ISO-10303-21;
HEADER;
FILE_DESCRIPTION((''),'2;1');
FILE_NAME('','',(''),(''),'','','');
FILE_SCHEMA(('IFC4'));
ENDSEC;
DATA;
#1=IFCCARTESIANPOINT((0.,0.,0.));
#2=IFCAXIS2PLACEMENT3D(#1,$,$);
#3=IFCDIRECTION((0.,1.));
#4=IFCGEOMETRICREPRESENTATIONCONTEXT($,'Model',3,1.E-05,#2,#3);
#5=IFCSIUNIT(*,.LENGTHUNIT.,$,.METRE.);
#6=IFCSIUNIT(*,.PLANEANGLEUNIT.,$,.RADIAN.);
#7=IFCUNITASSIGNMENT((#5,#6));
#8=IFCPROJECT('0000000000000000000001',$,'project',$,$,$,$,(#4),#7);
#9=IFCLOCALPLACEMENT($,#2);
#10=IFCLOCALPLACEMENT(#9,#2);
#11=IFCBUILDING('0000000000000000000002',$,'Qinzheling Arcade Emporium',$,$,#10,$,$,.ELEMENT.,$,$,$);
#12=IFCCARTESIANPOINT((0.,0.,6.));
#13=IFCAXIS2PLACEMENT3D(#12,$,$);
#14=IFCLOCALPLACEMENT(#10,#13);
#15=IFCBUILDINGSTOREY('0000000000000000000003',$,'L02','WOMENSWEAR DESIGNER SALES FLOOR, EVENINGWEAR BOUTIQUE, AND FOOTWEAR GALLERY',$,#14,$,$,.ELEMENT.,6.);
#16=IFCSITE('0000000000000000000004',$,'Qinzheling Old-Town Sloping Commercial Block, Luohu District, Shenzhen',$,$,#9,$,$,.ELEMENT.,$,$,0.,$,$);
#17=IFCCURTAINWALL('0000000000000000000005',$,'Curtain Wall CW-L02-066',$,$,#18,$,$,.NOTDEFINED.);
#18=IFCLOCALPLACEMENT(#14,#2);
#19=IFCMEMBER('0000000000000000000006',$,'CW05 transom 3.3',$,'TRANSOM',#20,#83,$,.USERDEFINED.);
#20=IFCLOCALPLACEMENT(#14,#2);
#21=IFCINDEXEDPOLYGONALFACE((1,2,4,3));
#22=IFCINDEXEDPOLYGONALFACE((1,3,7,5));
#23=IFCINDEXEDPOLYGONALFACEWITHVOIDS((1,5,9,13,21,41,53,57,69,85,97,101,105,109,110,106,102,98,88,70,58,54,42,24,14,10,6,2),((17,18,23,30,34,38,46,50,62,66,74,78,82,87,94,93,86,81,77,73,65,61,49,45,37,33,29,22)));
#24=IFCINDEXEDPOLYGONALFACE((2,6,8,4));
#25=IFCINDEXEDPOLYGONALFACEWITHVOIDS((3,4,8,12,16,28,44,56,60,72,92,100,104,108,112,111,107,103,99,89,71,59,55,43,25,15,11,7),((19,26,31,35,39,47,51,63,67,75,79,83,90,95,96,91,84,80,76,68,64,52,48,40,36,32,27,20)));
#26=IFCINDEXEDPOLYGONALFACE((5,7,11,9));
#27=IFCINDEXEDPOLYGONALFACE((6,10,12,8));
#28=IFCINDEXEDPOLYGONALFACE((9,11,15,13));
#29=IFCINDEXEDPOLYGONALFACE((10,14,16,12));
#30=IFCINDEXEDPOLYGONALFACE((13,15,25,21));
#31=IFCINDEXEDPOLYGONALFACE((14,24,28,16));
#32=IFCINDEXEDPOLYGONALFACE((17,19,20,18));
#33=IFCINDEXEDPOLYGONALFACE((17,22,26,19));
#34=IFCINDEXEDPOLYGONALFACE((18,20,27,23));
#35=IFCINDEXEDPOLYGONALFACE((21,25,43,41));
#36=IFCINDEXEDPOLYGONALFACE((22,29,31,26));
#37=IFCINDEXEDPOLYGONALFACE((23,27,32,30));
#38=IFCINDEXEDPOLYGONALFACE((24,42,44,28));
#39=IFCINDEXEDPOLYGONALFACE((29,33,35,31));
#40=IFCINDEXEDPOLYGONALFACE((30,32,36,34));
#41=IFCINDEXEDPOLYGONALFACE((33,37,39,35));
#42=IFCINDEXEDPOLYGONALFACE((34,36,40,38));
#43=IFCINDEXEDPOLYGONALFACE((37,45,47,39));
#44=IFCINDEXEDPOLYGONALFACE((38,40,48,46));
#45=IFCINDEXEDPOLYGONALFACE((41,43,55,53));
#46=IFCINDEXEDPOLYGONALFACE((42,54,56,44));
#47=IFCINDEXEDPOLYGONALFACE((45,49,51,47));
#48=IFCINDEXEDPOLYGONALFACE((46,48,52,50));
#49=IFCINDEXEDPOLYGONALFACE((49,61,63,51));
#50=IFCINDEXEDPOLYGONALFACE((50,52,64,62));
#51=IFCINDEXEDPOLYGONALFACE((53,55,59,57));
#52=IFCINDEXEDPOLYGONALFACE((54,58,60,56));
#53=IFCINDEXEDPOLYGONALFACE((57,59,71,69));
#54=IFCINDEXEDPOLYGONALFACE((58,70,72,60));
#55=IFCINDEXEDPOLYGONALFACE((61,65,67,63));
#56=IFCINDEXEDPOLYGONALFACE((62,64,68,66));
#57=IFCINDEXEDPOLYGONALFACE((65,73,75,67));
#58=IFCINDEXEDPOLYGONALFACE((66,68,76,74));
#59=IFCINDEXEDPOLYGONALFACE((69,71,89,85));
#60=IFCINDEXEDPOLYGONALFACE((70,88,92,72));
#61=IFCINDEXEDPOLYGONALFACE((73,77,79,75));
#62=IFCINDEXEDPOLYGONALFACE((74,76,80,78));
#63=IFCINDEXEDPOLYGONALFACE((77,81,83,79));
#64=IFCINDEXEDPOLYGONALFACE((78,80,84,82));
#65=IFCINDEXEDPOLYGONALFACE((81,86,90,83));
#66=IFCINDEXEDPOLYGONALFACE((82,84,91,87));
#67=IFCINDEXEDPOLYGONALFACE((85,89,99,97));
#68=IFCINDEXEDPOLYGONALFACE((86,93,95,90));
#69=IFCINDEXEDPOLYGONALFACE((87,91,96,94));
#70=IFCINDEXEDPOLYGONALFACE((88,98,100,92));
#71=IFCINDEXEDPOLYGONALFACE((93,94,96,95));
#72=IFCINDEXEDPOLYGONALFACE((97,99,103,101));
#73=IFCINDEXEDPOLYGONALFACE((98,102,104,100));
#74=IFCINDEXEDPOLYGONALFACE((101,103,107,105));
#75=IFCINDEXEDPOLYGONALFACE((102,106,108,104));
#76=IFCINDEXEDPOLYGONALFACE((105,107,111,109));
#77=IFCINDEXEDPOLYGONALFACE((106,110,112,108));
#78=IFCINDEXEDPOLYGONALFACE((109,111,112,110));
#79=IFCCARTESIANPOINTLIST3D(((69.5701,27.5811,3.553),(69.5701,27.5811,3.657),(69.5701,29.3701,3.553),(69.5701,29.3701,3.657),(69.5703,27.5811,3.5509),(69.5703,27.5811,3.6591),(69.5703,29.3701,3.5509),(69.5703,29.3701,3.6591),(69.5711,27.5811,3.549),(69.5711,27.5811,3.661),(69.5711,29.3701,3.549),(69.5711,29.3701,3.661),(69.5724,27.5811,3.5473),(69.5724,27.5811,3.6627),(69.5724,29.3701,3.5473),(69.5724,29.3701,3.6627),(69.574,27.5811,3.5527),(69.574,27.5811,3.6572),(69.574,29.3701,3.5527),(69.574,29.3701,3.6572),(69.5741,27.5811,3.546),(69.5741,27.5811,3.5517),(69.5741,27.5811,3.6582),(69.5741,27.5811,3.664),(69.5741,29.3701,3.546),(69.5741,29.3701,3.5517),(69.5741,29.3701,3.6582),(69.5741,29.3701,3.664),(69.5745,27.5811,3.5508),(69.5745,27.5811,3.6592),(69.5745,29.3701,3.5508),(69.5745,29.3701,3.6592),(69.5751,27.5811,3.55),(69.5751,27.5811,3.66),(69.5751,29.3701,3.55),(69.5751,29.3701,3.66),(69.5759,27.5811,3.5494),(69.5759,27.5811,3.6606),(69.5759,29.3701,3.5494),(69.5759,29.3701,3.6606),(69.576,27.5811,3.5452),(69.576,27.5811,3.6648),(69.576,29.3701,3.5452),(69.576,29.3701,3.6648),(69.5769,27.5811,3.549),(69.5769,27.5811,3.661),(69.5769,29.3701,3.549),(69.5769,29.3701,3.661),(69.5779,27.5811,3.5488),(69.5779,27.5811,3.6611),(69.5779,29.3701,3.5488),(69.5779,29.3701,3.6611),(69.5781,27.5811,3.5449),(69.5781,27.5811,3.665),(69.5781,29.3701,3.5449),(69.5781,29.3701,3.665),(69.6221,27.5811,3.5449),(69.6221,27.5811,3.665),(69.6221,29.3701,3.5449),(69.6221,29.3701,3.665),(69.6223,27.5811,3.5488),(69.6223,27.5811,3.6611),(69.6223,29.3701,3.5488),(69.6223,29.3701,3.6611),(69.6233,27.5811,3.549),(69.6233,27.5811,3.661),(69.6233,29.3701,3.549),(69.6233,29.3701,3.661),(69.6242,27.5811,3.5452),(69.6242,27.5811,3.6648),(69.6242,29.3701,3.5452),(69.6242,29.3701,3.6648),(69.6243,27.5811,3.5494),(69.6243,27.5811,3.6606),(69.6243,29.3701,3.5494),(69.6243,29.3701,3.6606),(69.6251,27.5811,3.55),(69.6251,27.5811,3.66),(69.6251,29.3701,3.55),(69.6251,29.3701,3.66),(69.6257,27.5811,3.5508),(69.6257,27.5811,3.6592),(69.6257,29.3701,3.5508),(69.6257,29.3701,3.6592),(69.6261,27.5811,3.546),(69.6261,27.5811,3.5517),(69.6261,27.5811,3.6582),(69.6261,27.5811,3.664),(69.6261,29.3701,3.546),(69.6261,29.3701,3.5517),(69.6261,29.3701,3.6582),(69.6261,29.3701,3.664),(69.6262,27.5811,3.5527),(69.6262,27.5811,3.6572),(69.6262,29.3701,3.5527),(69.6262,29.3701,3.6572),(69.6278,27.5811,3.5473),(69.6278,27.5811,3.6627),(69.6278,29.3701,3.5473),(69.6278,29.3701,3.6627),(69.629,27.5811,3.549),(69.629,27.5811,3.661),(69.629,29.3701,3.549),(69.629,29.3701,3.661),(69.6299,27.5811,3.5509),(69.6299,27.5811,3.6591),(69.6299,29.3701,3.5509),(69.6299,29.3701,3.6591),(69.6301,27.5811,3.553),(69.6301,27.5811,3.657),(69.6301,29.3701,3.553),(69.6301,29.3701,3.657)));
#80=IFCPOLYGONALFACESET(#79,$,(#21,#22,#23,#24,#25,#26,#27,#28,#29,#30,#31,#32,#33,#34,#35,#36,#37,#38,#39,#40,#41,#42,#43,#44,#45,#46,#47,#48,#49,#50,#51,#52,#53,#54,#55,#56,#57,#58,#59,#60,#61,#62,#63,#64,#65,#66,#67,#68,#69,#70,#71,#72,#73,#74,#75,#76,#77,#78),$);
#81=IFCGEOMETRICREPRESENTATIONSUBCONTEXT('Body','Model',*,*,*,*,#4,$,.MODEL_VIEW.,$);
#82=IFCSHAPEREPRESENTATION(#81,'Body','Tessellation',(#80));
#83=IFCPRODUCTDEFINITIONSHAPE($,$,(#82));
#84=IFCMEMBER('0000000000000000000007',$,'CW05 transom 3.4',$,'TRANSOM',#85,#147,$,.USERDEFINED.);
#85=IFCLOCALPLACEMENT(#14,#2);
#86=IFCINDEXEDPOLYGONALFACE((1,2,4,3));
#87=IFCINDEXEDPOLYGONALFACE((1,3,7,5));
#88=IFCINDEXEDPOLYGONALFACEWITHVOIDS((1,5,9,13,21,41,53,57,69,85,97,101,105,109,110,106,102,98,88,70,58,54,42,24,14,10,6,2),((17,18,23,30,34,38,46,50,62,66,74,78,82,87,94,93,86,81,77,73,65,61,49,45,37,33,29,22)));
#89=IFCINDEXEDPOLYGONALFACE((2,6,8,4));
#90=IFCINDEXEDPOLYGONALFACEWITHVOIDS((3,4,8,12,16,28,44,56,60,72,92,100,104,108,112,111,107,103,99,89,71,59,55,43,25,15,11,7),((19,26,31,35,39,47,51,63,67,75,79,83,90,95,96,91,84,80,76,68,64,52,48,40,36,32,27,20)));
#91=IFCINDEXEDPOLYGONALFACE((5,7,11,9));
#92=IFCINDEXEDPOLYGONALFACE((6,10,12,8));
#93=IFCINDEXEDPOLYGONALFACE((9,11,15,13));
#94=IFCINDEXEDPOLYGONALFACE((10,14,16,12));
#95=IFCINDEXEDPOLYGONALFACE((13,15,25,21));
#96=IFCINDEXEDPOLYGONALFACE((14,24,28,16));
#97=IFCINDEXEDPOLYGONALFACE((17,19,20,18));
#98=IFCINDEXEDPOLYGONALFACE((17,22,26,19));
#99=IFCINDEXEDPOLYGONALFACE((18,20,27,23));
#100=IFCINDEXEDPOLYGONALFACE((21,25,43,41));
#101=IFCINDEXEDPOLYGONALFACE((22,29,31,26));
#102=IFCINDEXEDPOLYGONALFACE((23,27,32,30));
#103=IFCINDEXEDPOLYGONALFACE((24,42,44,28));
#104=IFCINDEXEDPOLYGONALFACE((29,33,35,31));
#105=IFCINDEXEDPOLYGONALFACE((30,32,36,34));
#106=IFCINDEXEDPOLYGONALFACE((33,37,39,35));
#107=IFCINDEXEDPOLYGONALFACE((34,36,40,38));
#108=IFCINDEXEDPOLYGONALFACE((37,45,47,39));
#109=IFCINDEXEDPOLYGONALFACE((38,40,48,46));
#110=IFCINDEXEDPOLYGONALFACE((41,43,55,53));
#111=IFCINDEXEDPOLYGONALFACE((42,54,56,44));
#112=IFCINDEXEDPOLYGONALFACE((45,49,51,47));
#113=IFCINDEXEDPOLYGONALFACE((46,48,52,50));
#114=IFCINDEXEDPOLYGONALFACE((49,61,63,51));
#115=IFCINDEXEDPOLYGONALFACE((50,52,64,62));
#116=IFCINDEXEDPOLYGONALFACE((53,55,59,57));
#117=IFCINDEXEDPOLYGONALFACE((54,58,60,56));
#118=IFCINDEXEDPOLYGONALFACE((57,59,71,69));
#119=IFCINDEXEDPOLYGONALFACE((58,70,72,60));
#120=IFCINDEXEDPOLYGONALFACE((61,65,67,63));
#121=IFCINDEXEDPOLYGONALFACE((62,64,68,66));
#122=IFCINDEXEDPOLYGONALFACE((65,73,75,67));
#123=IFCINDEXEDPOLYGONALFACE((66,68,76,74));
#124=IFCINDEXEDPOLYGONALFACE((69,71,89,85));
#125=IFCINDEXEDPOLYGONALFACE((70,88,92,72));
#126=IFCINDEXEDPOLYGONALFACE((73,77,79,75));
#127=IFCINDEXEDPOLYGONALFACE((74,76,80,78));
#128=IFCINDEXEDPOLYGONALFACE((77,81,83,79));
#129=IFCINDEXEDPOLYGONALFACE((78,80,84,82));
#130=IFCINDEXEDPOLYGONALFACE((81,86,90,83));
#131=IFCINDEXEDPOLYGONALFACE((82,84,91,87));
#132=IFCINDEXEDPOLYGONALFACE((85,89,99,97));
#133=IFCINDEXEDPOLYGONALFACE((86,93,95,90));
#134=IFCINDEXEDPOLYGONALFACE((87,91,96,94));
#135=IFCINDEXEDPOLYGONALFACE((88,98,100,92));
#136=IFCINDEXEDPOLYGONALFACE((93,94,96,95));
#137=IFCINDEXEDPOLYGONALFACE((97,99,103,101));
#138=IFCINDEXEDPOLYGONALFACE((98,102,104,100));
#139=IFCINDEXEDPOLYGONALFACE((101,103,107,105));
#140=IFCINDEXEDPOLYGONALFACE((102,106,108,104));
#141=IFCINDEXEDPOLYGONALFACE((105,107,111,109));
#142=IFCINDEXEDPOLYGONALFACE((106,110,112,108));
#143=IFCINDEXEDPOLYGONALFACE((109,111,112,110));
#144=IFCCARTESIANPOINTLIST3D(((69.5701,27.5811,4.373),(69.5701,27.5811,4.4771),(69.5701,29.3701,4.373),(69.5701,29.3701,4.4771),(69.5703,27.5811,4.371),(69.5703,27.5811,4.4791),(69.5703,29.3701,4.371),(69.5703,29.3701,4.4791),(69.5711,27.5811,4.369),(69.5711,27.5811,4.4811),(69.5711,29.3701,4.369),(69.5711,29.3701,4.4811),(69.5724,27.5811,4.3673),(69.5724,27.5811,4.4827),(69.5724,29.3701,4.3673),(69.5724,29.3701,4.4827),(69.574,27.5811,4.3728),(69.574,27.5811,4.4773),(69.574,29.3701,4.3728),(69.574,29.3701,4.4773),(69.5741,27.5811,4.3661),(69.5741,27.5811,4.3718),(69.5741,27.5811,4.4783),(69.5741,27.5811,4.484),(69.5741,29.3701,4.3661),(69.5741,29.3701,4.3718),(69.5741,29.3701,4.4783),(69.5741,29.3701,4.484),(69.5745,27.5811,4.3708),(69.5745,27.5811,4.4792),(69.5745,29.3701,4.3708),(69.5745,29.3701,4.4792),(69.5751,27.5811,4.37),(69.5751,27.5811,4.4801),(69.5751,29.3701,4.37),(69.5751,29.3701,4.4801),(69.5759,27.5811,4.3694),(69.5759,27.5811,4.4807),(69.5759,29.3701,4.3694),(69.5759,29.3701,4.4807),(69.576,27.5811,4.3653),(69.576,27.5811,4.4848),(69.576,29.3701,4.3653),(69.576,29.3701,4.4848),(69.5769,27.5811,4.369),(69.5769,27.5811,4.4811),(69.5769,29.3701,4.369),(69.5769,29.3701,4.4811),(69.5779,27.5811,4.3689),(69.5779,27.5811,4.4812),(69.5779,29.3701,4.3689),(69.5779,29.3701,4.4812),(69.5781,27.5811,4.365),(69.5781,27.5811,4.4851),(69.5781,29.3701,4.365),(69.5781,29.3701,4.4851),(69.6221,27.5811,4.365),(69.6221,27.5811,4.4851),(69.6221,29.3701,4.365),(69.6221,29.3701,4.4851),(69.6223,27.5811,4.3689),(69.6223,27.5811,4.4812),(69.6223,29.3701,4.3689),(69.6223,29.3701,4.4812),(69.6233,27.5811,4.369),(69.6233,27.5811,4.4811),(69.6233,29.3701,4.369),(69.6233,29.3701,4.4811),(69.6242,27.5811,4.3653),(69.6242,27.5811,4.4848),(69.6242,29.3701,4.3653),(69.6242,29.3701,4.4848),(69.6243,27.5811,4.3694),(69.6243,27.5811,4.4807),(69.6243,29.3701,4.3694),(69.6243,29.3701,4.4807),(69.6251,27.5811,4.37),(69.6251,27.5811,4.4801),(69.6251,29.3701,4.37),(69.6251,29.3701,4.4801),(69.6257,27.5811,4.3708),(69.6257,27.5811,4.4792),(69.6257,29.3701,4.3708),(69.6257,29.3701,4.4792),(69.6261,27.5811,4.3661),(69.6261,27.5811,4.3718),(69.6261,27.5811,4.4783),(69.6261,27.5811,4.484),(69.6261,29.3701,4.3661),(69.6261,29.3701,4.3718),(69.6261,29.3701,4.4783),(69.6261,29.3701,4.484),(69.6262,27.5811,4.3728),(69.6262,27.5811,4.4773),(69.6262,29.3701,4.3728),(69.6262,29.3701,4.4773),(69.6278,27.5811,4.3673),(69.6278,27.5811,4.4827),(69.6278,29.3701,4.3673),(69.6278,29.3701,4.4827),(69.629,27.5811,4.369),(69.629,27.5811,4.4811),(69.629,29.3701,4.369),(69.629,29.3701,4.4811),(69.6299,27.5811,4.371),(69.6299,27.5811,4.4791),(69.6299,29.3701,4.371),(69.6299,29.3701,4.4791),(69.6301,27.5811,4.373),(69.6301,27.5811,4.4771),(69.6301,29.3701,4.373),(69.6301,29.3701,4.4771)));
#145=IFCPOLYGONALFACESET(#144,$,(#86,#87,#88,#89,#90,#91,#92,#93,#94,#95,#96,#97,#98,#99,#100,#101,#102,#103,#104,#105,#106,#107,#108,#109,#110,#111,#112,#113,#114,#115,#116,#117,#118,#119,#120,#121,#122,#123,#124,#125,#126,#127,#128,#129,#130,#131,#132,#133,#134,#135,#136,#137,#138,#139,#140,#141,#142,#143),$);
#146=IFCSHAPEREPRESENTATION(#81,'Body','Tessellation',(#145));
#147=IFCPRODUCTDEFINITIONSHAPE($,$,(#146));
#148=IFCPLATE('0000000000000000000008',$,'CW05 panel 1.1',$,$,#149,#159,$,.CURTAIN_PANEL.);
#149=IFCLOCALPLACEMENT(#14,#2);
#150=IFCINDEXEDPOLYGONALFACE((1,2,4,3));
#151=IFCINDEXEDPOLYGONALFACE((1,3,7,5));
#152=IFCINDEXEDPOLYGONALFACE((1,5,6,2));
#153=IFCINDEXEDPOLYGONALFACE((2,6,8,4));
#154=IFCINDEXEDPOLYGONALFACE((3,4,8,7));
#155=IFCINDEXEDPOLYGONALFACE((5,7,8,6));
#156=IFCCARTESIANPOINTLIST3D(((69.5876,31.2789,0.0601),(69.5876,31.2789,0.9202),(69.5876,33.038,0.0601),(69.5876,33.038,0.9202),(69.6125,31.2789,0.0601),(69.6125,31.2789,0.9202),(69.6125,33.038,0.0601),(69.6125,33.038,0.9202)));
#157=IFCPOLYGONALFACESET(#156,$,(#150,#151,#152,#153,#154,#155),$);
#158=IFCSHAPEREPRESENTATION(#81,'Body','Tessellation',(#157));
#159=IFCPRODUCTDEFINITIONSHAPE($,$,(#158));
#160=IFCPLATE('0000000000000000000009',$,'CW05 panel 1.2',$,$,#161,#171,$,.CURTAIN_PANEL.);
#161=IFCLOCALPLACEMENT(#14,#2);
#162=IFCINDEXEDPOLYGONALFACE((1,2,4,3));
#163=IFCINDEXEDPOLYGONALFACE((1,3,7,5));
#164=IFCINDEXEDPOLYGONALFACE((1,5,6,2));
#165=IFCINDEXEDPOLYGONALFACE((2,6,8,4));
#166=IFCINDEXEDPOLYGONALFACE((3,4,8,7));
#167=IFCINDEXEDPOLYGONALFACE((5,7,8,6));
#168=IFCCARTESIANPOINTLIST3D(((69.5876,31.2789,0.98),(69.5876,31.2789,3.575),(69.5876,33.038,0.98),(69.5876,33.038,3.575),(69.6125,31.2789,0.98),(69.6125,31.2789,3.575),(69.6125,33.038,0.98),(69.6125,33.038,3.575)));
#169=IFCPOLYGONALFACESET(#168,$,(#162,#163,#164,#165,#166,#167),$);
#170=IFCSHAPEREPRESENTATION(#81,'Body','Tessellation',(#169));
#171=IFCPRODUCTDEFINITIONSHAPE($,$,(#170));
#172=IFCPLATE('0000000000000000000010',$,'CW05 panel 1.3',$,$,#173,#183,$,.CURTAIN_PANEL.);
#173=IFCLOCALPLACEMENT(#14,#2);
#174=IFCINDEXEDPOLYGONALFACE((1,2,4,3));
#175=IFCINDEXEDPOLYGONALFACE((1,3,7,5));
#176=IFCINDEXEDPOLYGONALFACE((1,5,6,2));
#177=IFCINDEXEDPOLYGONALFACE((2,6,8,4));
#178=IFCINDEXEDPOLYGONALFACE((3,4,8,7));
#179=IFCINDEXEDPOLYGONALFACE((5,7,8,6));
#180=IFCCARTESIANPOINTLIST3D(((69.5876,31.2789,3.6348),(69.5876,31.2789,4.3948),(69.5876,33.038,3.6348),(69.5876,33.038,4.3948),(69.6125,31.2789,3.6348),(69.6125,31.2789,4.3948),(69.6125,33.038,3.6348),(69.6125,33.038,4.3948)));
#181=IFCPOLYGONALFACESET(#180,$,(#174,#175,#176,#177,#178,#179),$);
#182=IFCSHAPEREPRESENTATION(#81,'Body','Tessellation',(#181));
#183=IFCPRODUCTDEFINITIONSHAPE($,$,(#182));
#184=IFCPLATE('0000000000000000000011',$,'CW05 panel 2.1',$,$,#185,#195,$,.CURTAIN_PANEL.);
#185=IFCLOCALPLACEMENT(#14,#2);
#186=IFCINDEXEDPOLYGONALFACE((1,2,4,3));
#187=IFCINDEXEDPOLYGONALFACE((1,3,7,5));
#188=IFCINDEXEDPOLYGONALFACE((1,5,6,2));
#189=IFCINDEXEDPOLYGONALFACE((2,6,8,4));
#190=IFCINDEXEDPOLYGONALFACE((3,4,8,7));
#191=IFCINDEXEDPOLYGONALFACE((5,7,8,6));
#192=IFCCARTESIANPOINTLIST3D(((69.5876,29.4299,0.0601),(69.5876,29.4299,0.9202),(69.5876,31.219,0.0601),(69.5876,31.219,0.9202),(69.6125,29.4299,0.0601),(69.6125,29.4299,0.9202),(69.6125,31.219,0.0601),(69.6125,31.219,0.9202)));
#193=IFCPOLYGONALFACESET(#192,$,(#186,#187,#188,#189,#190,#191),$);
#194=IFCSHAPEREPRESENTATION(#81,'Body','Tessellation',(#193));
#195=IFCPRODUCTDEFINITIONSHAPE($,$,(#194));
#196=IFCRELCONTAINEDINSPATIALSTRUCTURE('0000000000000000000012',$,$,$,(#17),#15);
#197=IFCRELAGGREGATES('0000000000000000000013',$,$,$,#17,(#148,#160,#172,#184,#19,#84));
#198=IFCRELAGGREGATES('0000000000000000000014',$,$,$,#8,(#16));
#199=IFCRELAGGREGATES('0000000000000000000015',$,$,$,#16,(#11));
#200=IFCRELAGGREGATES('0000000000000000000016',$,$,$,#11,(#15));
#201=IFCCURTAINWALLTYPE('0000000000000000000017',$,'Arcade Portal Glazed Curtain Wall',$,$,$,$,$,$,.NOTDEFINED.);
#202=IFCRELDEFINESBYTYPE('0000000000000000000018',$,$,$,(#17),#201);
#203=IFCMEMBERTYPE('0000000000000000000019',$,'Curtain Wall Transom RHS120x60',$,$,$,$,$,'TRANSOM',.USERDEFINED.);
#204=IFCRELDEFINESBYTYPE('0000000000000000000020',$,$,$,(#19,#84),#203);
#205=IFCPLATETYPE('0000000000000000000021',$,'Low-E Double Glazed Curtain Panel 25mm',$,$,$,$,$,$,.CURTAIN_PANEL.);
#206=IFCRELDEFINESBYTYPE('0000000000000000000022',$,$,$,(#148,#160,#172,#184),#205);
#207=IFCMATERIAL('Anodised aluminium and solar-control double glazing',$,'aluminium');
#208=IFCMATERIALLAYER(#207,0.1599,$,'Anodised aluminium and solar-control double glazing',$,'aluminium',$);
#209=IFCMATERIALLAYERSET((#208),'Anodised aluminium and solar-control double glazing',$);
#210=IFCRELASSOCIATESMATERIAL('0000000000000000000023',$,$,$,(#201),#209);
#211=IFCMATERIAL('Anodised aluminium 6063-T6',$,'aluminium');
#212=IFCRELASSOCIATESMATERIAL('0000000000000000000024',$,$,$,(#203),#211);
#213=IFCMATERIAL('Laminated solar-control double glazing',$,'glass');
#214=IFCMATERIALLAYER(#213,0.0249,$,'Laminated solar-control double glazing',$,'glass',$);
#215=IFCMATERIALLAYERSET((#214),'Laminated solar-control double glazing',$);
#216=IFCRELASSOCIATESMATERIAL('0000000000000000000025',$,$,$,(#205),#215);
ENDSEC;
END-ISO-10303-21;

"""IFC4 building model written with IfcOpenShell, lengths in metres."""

from ifc_helpers import new_model, si_unit, direction, frame, origin, origin_2d, place, context, subcontext, project, spatial, rectangle, hollow_rectangle, extrude, material, layer, layer_set, material_profile, profile_set, type_object, element, aggregate, save


model = new_model("IFC4")

# Units and contexts
model_context = context("Model", 3, precision=1e-05, world=origin(), true_north=direction((0.0, 1.0)))
body_context = subcontext(model_context, "Body", "Model", "MODEL_VIEW")
ifc_project = project(units=[si_unit("LENGTHUNIT", "METRE"), si_unit("PLANEANGLEUNIT", "RADIAN")], contexts=[model_context])

# Site, building, storey
site_placement = place(None, origin())
site = spatial("IfcSite", under=ifc_project, at=site_placement, Name="Qinzheling Old-Town Sloping Commercial Block, Luohu District, Shenzhen", CompositionType="ELEMENT", RefElevation=0.0)
building_placement = place(site_placement, origin())
building = spatial("IfcBuilding", under=site, at=building_placement, Name="Qinzheling Arcade Emporium", CompositionType="ELEMENT")
storey_placement = place(building_placement, frame((0.0, 0.0, 6.0)))
storey = spatial("IfcBuildingStorey", under=building, at=storey_placement, Name="L02", Description="WOMENSWEAR DESIGNER SALES FLOOR, EVENINGWEAR BOUTIQUE, AND FOOTWEAR GALLERY", CompositionType="ELEMENT", Elevation=6.0)

# Curtain wall, members, plates
ifc_material_1 = material(Name="Anodised aluminium and solar-control double glazing", Category="aluminium")
ifc_layer_1 = layer(ifc_material_1, 0.1599, Name="Anodised aluminium and solar-control double glazing", Category="aluminium")
ifc_layer_set_1 = layer_set([ifc_layer_1], Name="Anodised aluminium and solar-control double glazing")
curtain_wall_type = type_object("IfcCurtainWallType", Name="Arcade Portal Glazed Curtain Wall", PredefinedType="NOTDEFINED", material=ifc_layer_set_1)
curtain_wall_placement = place(storey_placement, origin())
curtain_wall = element("IfcCurtainWall", 1, at=curtain_wall_placement, inside=storey, type_object=curtain_wall_type, Name="Curtain Wall CW-L02-066", PredefinedType="NOTDEFINED")
ifc_material_2 = material(Name="Anodised aluminium 6063-T6", Category="aluminium")
ifc_material_profile_1 = material_profile(ifc_material_2, hollow_rectangle(XDim=0.0601, YDim=0.1201, WallThickness=0.0039, InnerFilletRadius=0.0039, OuterFilletRadius=0.0081, at=origin_2d()), Name="RHS 120x60x4", Category="aluminium")
ifc_profile_set_1 = profile_set([ifc_material_profile_1], Name="Anodised aluminium 6063-T6")
member_type_1 = type_object("IfcMemberType", Name="Curtain Wall Transom RHS120x60", ElementType="TRANSOM", PredefinedType="USERDEFINED", material=ifc_profile_set_1)
member_1_placement = place(storey_placement, frame((69.6001, 29.3701, 3.605), z_axis=(0.0, -1.0, 0.0), x_axis=(1.0, 0.0, 0.0)))
member_1 = element("IfcMember", 2, at=member_1_placement, type_object=member_type_1, Name="CW05 transom 3.3", ObjectType="TRANSOM", PredefinedType="USERDEFINED", context=body_context, shape_type="SweptSolid", body=[
    extrude(hollow_rectangle(XDim=0.0601, YDim=0.1201, WallThickness=0.0039, InnerFilletRadius=0.0039, OuterFilletRadius=0.0081, at=origin_2d()), origin(), (0.0, 0.0, 1.0), 1.7891),
])
member_2_placement = place(storey_placement, frame((69.6001, 29.3701, 4.425), z_axis=(0.0, -1.0, 0.0), x_axis=(1.0, 0.0, 0.0)))
member_2 = element("IfcMember", 3, at=member_2_placement, type_object=member_type_1, Name="CW05 transom 3.4", ObjectType="TRANSOM", PredefinedType="USERDEFINED", context=body_context, shape_type="SweptSolid", body=[
    extrude(hollow_rectangle(XDim=0.0601, YDim=0.1201, WallThickness=0.0039, InnerFilletRadius=0.0039, OuterFilletRadius=0.0081, at=origin_2d()), origin(), (0.0, 0.0, 1.0), 1.7891),
])
ifc_material_3 = material(Name="Laminated solar-control double glazing", Category="glass")
ifc_layer_2 = layer(ifc_material_3, 0.0249, Name="Laminated solar-control double glazing", Category="glass")
ifc_layer_set_2 = layer_set([ifc_layer_2], Name="Laminated solar-control double glazing")
plate_type_1 = type_object("IfcPlateType", Name="Low-E Double Glazed Curtain Panel 25mm", PredefinedType="CURTAIN_PANEL", material=ifc_layer_set_2)
plate_1_placement = place(storey_placement, frame((69.6001, 32.1584, 0.0601), z_axis=(0.0, 0.0, 1.0), x_axis=(0.0, -1.0, 0.0)))
plate_1 = element("IfcPlate", 4, at=plate_1_placement, type_object=plate_type_1, Name="CW05 panel 1.1", PredefinedType="CURTAIN_PANEL", context=body_context, shape_type="SweptSolid", body=[
    extrude(rectangle(XDim=1.759, YDim=0.0249, at=origin_2d()), origin(), (0.0, 0.0, 1.0), 0.8601),
])
plate_2_placement = place(storey_placement, frame((69.6001, 32.1584, 0.98), z_axis=(0.0, 0.0, 1.0), x_axis=(0.0, -1.0, 0.0)))
plate_2 = element("IfcPlate", 5, at=plate_2_placement, type_object=plate_type_1, Name="CW05 panel 1.2", PredefinedType="CURTAIN_PANEL", context=body_context, shape_type="SweptSolid", body=[
    extrude(rectangle(XDim=1.759, YDim=0.0249, at=origin_2d()), origin(), (0.0, 0.0, 1.0), 2.595),
])
plate_3_placement = place(storey_placement, frame((69.6001, 32.1584, 3.6348), z_axis=(0.0, 0.0, 1.0), x_axis=(0.0, -1.0, 0.0)))
plate_3 = element("IfcPlate", 6, at=plate_3_placement, type_object=plate_type_1, Name="CW05 panel 1.3", PredefinedType="CURTAIN_PANEL", context=body_context, shape_type="SweptSolid", body=[
    extrude(rectangle(XDim=1.759, YDim=0.0249, at=origin_2d()), origin(), (0.0, 0.0, 1.0), 0.76),
])
plate_4_placement = place(storey_placement, frame((69.6001, 30.3245, 0.0601), z_axis=(0.0, 0.0, 1.0), x_axis=(0.0, -1.0, 0.0)))
plate_4 = element("IfcPlate", 7, at=plate_4_placement, type_object=plate_type_1, Name="CW05 panel 2.1", PredefinedType="CURTAIN_PANEL", context=body_context, shape_type="SweptSolid", body=[
    extrude(rectangle(XDim=1.7891, YDim=0.0249, at=origin_2d()), origin(), (0.0, 0.0, 1.0), 0.8601),
])
aggregate(curtain_wall, [plate_1, plate_2, plate_3, plate_4, member_1, member_2])

save(model, "model.ifc")
